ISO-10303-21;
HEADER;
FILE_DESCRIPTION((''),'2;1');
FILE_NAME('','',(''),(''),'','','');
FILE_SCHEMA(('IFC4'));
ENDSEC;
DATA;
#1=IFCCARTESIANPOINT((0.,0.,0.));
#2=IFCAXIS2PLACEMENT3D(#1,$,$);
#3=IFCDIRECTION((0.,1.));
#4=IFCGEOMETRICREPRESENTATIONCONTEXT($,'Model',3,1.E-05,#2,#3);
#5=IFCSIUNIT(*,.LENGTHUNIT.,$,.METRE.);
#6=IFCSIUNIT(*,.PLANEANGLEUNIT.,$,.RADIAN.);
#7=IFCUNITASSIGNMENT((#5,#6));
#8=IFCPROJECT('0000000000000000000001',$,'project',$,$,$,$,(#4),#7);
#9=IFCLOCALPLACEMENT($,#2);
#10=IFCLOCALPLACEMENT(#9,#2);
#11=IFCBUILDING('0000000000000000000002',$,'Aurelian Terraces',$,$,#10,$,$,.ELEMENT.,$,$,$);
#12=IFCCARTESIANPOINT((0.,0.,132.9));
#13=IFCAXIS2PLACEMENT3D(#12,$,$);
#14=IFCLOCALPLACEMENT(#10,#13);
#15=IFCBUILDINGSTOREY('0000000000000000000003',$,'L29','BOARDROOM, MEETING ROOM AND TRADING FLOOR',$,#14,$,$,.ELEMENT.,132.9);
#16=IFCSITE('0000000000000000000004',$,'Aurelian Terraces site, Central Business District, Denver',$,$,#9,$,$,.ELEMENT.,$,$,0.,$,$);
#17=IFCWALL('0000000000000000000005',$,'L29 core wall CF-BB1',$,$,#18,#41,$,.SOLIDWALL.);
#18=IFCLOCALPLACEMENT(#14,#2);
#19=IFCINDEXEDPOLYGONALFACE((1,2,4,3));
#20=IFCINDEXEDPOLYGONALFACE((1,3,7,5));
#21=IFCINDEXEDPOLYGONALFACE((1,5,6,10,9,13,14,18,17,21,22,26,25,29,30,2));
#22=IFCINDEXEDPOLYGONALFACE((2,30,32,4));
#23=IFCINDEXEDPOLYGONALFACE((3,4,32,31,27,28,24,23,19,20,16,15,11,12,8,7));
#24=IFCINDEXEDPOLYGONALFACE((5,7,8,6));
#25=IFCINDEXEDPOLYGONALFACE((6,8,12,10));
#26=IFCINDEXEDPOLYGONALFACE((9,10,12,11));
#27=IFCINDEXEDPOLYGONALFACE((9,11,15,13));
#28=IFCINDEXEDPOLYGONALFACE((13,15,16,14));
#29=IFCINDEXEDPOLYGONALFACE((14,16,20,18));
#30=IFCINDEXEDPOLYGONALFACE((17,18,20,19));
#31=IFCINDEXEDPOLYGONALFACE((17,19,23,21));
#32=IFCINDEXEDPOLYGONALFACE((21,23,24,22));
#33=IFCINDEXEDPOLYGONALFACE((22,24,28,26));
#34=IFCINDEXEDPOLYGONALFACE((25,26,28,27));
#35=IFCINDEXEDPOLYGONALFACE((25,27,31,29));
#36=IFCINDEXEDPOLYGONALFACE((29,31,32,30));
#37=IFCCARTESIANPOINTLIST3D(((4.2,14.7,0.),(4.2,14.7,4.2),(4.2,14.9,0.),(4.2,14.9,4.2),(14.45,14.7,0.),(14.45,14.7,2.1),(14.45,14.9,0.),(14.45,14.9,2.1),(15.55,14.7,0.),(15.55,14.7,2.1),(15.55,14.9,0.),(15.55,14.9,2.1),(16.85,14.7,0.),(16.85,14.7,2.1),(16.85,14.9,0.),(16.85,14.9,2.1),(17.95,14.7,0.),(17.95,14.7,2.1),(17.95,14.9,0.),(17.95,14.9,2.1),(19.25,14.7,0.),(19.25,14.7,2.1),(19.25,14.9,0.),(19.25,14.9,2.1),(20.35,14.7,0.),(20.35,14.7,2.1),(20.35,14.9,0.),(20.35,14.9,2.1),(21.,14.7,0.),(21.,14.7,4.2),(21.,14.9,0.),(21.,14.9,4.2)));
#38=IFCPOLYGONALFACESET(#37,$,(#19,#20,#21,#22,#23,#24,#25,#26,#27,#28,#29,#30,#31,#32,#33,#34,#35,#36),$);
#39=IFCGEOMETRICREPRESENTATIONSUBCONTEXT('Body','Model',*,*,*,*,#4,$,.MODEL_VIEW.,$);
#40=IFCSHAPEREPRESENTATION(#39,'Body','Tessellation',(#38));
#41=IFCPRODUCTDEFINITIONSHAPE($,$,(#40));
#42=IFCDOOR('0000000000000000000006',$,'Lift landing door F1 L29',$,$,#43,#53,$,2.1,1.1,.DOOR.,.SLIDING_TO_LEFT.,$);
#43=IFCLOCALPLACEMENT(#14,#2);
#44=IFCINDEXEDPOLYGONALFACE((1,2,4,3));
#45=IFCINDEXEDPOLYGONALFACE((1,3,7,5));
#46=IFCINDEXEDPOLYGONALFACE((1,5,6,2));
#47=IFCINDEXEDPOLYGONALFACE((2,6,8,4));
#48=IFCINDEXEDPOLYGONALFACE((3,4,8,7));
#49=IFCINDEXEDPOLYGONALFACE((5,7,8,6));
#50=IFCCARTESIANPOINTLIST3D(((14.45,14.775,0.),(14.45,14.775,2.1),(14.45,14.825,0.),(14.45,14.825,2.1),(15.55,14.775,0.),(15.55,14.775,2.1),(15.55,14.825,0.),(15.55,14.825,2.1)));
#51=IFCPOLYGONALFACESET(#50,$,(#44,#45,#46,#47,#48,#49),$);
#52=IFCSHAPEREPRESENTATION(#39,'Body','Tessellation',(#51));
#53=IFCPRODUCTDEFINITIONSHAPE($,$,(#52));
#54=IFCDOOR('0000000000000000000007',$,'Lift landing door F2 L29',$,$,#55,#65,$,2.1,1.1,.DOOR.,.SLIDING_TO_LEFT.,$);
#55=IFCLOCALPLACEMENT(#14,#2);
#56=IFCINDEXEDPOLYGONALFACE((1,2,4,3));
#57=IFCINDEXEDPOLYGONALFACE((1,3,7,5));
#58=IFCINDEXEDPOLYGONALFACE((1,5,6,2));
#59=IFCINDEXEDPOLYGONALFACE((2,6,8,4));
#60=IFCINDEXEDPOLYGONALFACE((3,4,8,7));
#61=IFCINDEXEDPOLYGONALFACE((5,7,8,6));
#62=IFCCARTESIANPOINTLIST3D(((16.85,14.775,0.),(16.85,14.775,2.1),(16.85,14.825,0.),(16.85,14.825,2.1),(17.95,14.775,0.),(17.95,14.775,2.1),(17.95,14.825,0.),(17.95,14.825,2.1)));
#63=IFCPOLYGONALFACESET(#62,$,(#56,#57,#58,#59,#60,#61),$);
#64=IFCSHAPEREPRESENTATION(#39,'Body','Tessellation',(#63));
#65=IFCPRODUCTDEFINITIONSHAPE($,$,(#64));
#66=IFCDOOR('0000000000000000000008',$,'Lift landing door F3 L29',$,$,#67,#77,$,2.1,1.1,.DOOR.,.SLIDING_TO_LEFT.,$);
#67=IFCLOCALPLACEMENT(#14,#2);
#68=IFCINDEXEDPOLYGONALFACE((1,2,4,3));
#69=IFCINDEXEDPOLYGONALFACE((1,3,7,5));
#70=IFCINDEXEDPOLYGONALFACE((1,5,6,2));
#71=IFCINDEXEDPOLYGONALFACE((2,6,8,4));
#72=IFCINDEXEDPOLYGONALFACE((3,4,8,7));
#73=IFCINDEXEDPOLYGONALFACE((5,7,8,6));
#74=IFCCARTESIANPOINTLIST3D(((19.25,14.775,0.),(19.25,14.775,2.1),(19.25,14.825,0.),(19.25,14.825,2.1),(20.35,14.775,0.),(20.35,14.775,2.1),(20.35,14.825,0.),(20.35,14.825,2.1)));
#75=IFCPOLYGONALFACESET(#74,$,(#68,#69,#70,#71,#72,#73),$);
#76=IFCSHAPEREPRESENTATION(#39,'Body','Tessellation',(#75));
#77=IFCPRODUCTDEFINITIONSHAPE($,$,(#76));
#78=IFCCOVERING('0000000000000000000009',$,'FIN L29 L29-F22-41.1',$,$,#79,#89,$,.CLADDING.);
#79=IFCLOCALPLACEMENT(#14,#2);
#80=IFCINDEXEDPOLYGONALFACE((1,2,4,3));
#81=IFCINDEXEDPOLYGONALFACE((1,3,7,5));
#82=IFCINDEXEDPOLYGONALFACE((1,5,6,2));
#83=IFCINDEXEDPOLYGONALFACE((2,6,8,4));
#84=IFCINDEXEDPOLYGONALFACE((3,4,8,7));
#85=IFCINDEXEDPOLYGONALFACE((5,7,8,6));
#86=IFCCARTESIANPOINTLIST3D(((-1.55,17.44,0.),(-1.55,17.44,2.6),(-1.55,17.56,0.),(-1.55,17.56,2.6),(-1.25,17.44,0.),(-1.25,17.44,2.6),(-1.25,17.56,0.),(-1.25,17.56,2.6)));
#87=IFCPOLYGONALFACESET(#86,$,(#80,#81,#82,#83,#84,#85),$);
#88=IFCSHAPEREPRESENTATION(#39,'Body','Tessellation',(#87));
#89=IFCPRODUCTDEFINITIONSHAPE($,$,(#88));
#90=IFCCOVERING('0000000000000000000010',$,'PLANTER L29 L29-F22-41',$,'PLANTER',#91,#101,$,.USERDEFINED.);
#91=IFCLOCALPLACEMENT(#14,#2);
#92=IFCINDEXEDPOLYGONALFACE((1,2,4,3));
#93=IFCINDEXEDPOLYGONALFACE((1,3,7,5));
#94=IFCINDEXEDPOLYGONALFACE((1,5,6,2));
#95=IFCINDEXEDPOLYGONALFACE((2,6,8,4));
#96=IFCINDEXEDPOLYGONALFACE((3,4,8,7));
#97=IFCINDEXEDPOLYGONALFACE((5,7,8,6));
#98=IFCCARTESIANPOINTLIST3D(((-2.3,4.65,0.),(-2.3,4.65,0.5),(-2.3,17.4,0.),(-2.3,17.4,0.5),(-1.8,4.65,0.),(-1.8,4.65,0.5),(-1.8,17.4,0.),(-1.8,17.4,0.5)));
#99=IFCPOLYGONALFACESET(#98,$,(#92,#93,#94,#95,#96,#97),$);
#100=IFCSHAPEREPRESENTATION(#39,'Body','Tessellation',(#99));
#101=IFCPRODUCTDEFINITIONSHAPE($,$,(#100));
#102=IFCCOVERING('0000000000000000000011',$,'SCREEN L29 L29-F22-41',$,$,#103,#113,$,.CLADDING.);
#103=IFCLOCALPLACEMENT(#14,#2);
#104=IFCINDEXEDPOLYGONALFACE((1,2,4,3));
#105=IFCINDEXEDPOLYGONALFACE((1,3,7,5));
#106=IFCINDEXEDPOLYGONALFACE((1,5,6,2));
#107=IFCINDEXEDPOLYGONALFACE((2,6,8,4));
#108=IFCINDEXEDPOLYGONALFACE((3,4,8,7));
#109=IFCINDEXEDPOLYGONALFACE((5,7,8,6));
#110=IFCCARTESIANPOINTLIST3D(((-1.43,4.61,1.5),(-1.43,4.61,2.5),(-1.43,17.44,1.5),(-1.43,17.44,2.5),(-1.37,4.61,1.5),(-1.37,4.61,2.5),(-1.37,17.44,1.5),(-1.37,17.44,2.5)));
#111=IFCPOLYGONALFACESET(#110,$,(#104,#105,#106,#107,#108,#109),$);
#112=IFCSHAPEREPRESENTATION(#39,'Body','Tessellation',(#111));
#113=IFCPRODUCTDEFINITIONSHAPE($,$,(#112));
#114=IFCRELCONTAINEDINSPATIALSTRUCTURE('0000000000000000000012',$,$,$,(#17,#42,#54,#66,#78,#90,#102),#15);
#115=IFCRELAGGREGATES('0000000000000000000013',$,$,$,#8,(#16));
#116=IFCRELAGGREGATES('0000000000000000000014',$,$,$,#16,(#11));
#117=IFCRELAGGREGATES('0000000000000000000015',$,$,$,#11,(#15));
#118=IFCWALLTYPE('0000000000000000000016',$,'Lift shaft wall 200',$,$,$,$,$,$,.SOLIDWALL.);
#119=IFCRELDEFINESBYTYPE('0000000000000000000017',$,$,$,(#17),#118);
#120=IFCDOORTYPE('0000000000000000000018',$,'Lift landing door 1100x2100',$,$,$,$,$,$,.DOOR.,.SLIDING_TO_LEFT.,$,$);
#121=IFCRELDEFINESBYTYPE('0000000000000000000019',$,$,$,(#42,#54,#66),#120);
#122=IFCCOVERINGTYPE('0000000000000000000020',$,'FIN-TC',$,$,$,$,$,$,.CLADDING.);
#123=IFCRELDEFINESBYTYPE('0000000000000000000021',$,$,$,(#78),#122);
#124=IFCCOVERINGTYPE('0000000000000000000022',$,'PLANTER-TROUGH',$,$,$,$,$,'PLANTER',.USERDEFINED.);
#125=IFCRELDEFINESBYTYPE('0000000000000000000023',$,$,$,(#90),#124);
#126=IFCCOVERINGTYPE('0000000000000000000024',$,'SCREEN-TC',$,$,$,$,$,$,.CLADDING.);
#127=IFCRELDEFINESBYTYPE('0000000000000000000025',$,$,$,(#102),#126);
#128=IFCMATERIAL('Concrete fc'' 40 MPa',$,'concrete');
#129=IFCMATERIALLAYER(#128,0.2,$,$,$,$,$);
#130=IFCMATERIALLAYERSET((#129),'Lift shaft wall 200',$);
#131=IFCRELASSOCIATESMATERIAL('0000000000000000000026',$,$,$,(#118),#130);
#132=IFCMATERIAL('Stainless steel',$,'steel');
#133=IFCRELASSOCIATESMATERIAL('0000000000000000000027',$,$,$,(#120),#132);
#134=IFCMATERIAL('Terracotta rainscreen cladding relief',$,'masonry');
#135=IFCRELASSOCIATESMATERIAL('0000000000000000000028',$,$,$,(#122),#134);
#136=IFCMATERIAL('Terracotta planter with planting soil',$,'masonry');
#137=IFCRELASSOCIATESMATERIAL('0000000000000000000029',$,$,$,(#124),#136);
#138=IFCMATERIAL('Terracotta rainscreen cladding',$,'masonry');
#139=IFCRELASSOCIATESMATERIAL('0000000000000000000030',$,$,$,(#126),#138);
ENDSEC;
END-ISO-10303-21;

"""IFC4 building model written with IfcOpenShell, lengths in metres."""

from ifc_helpers import new_model, si_unit, direction, frame, frame_2d, origin, origin_2d, place, context, subcontext, project, spatial, rectangle, extrude, source, transform, mapped, material, layer, layer_set, type_object, element, fill, save


model = new_model("IFC4")

# Units and contexts
model_context = context("Model", 3, precision=1e-05, world=origin(), true_north=direction((0.0, 1.0)))
body_context = subcontext(model_context, "Body", "Model", "MODEL_VIEW")
ifc_project = project(units=[si_unit("LENGTHUNIT", "METRE"), si_unit("PLANEANGLEUNIT", "RADIAN")], contexts=[model_context])

# Site, building, storey
site_placement = place(None, origin())
site = spatial("IfcSite", under=ifc_project, at=site_placement, Name="Aurelian Terraces site, Central Business District, Denver", CompositionType="ELEMENT", RefElevation=0.0)
building_placement = place(site_placement, origin())
building = spatial("IfcBuilding", under=site, at=building_placement, Name="Aurelian Terraces", CompositionType="ELEMENT")
storey_placement = place(building_placement, frame((0.0, 0.0, 132.9)))
storey = spatial("IfcBuildingStorey", under=building, at=storey_placement, Name="L29", Description="BOARDROOM, MEETING ROOM AND TRADING FLOOR", CompositionType="ELEMENT", Elevation=132.9)

# Shared definitions
ifc_material_1 = material(Name="Terracotta rainscreen cladding", Category="masonry")

# Wall, openings, doors
ifc_material_2 = material(Name="Concrete fc' 40 MPa", Category="concrete")
ifc_layer_1 = layer(ifc_material_2, 0.2)
ifc_layer_set_1 = layer_set([ifc_layer_1], Name="Lift shaft wall 200")
wall_type_1 = type_object("IfcWallType", Name="Lift shaft wall 200", PredefinedType="SOLIDWALL", material=ifc_layer_set_1)
shared_shape_1 = source(origin(), body_context, "Body", "SweptSolid", [
    extrude(rectangle(XDim=16.8, YDim=0.2, at=frame_2d((8.4, 0.0))), origin(), (0.0, 0.0, 1.0), 4.2),
])
shared_shape_2 = source(origin(), body_context, "Body", "SweptSolid", [
    extrude(rectangle(XDim=1.1, YDim=2.1, at=frame_2d((0.55, 1.05))), frame((0.0, 0.11, 0.0), z_axis=(0.0, -1.0, 0.0), x_axis=(1.0, 0.0, 0.0)), (0.0, 0.0, 1.0), 0.22),
])
ifc_material_3 = material(Name="Stainless steel", Category="steel")
door_type_1 = type_object("IfcDoorType", Name="Lift landing door 1100x2100", OperationType="SLIDING_TO_LEFT", PredefinedType="DOOR", material=ifc_material_3)
shared_shape_3 = source(origin(), body_context, "Body", "SweptSolid", [
    extrude(rectangle(XDim=1.1, YDim=2.1, at=frame_2d((0.55, 1.05))), frame((0.0, 0.025, 0.0), z_axis=(0.0, -1.0, 0.0), x_axis=(1.0, 0.0, 0.0)), (0.0, 0.0, 1.0), 0.05),
])
wall_1_placement = place(storey_placement, frame((4.2, 14.8, 0.0), z_axis=(0.0, 0.0, 1.0), x_axis=(1.0, 0.0, 0.0)))
wall_1 = element("IfcWall", 1, at=wall_1_placement, inside=storey, type_object=wall_type_1, Name="L29 core wall CF-BB1", PredefinedType="SOLIDWALL", context=body_context, shape_type="MappedRepresentation", body=[
    mapped(shared_shape_1, transform((0.0, 0.0, 0.0), scale=1.0)),
])
opening_1_placement = place(wall_1_placement, frame((10.25, 0.0, 0.0)))
opening_1 = element("IfcOpeningElement", 2, at=opening_1_placement, cuts=wall_1, PredefinedType="OPENING", context=body_context, shape_type="MappedRepresentation", body=[
    mapped(shared_shape_2, transform((0.0, 0.0, 0.0), scale=1.0)),
])
opening_2_placement = place(wall_1_placement, frame((12.65, 0.0, 0.0)))
opening_2 = element("IfcOpeningElement", 3, at=opening_2_placement, cuts=wall_1, PredefinedType="OPENING", context=body_context, shape_type="MappedRepresentation", body=[
    mapped(shared_shape_2, transform((0.0, 0.0, 0.0), scale=1.0)),
])
opening_3_placement = place(wall_1_placement, frame((15.05, 0.0, 0.0)))
opening_3 = element("IfcOpeningElement", 4, at=opening_3_placement, cuts=wall_1, PredefinedType="OPENING", context=body_context, shape_type="MappedRepresentation", body=[
    mapped(shared_shape_2, transform((0.0, 0.0, 0.0), scale=1.0)),
])
door_1_placement = place(opening_1_placement, origin())
door_1 = element("IfcDoor", 5, at=door_1_placement, inside=storey, type_object=door_type_1, Name="Lift landing door F1 L29", OperationType="SLIDING_TO_LEFT", OverallHeight=2.1, OverallWidth=1.1, PredefinedType="DOOR", context=body_context, shape_type="MappedRepresentation", body=[
    mapped(shared_shape_3, transform((0.0, 0.0, 0.0), scale=1.0)),
])
fill(opening_1, door_1)
door_2_placement = place(opening_2_placement, origin())
door_2 = element("IfcDoor", 6, at=door_2_placement, inside=storey, type_object=door_type_1, Name="Lift landing door F2 L29", OperationType="SLIDING_TO_LEFT", OverallHeight=2.1, OverallWidth=1.1, PredefinedType="DOOR", context=body_context, shape_type="MappedRepresentation", body=[
    mapped(shared_shape_3, transform((0.0, 0.0, 0.0), scale=1.0)),
])
fill(opening_2, door_2)
door_3_placement = place(opening_3_placement, origin())
door_3 = element("IfcDoor", 7, at=door_3_placement, inside=storey, type_object=door_type_1, Name="Lift landing door F3 L29", OperationType="SLIDING_TO_LEFT", OverallHeight=2.1, OverallWidth=1.1, PredefinedType="DOOR", context=body_context, shape_type="MappedRepresentation", body=[
    mapped(shared_shape_3, transform((0.0, 0.0, 0.0), scale=1.0)),
])
fill(opening_3, door_3)

# Covering
ifc_material_4 = material(Name="Terracotta rainscreen cladding relief", Category="masonry")
covering_type_1 = type_object("IfcCoveringType", Name="FIN-TC", PredefinedType="CLADDING", material=ifc_material_4)
shared_shape_4 = source(origin(), body_context, "Body", "SweptSolid", [
    extrude(rectangle(XDim=0.3, YDim=0.12, at=origin_2d()), origin(), (0.0, 0.0, 1.0), 2.6),
])
covering_1_placement = place(storey_placement, frame((-1.4, 17.5, 0.0), z_axis=(0.0, 0.0, 1.0), x_axis=(1.0, 0.0, 0.0)))
element("IfcCovering", 8, at=covering_1_placement, inside=storey, type_object=covering_type_1, Name="FIN L29 L29-F22-41.1", PredefinedType="CLADDING", context=body_context, shape_type="MappedRepresentation", body=[
    mapped(shared_shape_4, transform((0.0, 0.0, 0.0), scale=1.0)),
])

# Coverings
ifc_material_5 = material(Name="Terracotta planter with planting soil", Category="masonry")
covering_type_2 = type_object("IfcCoveringType", Name="PLANTER-TROUGH", ElementType="PLANTER", PredefinedType="USERDEFINED", material=ifc_material_5)
shared_shape_5 = source(origin(), body_context, "Body", "SweptSolid", [
    extrude(rectangle(XDim=0.5, YDim=12.75, at=origin_2d()), origin(), (0.0, 0.0, 1.0), 0.5),
])
covering_2_placement = place(storey_placement, frame((-2.05, 11.025, 0.0), z_axis=(0.0, 0.0, 1.0), x_axis=(1.0, 0.0, 0.0)))
element("IfcCovering", 9, at=covering_2_placement, inside=storey, type_object=covering_type_2, Name="PLANTER L29 L29-F22-41", ObjectType="PLANTER", PredefinedType="USERDEFINED", context=body_context, shape_type="MappedRepresentation", body=[
    mapped(shared_shape_5, transform((0.0, 0.0, 0.0), scale=1.0)),
])
covering_type_3 = type_object("IfcCoveringType", Name="SCREEN-TC", PredefinedType="CLADDING", material=ifc_material_1)
shared_shape_6 = source(origin(), body_context, "Body", "SweptSolid", [
    extrude(rectangle(XDim=0.06, YDim=12.83, at=origin_2d()), origin(), (0.0, 0.0, 1.0), 1.0),
])
covering_3_placement = place(storey_placement, frame((-1.4, 11.025, 1.5), z_axis=(0.0, 0.0, 1.0), x_axis=(1.0, 0.0, 0.0)))
element("IfcCovering", 10, at=covering_3_placement, inside=storey, type_object=covering_type_3, Name="SCREEN L29 L29-F22-41", PredefinedType="CLADDING", context=body_context, shape_type="MappedRepresentation", body=[
    mapped(shared_shape_6, transform((0.0, 0.0, 0.0), scale=1.0)),
])

save(model, "model.ifc")
